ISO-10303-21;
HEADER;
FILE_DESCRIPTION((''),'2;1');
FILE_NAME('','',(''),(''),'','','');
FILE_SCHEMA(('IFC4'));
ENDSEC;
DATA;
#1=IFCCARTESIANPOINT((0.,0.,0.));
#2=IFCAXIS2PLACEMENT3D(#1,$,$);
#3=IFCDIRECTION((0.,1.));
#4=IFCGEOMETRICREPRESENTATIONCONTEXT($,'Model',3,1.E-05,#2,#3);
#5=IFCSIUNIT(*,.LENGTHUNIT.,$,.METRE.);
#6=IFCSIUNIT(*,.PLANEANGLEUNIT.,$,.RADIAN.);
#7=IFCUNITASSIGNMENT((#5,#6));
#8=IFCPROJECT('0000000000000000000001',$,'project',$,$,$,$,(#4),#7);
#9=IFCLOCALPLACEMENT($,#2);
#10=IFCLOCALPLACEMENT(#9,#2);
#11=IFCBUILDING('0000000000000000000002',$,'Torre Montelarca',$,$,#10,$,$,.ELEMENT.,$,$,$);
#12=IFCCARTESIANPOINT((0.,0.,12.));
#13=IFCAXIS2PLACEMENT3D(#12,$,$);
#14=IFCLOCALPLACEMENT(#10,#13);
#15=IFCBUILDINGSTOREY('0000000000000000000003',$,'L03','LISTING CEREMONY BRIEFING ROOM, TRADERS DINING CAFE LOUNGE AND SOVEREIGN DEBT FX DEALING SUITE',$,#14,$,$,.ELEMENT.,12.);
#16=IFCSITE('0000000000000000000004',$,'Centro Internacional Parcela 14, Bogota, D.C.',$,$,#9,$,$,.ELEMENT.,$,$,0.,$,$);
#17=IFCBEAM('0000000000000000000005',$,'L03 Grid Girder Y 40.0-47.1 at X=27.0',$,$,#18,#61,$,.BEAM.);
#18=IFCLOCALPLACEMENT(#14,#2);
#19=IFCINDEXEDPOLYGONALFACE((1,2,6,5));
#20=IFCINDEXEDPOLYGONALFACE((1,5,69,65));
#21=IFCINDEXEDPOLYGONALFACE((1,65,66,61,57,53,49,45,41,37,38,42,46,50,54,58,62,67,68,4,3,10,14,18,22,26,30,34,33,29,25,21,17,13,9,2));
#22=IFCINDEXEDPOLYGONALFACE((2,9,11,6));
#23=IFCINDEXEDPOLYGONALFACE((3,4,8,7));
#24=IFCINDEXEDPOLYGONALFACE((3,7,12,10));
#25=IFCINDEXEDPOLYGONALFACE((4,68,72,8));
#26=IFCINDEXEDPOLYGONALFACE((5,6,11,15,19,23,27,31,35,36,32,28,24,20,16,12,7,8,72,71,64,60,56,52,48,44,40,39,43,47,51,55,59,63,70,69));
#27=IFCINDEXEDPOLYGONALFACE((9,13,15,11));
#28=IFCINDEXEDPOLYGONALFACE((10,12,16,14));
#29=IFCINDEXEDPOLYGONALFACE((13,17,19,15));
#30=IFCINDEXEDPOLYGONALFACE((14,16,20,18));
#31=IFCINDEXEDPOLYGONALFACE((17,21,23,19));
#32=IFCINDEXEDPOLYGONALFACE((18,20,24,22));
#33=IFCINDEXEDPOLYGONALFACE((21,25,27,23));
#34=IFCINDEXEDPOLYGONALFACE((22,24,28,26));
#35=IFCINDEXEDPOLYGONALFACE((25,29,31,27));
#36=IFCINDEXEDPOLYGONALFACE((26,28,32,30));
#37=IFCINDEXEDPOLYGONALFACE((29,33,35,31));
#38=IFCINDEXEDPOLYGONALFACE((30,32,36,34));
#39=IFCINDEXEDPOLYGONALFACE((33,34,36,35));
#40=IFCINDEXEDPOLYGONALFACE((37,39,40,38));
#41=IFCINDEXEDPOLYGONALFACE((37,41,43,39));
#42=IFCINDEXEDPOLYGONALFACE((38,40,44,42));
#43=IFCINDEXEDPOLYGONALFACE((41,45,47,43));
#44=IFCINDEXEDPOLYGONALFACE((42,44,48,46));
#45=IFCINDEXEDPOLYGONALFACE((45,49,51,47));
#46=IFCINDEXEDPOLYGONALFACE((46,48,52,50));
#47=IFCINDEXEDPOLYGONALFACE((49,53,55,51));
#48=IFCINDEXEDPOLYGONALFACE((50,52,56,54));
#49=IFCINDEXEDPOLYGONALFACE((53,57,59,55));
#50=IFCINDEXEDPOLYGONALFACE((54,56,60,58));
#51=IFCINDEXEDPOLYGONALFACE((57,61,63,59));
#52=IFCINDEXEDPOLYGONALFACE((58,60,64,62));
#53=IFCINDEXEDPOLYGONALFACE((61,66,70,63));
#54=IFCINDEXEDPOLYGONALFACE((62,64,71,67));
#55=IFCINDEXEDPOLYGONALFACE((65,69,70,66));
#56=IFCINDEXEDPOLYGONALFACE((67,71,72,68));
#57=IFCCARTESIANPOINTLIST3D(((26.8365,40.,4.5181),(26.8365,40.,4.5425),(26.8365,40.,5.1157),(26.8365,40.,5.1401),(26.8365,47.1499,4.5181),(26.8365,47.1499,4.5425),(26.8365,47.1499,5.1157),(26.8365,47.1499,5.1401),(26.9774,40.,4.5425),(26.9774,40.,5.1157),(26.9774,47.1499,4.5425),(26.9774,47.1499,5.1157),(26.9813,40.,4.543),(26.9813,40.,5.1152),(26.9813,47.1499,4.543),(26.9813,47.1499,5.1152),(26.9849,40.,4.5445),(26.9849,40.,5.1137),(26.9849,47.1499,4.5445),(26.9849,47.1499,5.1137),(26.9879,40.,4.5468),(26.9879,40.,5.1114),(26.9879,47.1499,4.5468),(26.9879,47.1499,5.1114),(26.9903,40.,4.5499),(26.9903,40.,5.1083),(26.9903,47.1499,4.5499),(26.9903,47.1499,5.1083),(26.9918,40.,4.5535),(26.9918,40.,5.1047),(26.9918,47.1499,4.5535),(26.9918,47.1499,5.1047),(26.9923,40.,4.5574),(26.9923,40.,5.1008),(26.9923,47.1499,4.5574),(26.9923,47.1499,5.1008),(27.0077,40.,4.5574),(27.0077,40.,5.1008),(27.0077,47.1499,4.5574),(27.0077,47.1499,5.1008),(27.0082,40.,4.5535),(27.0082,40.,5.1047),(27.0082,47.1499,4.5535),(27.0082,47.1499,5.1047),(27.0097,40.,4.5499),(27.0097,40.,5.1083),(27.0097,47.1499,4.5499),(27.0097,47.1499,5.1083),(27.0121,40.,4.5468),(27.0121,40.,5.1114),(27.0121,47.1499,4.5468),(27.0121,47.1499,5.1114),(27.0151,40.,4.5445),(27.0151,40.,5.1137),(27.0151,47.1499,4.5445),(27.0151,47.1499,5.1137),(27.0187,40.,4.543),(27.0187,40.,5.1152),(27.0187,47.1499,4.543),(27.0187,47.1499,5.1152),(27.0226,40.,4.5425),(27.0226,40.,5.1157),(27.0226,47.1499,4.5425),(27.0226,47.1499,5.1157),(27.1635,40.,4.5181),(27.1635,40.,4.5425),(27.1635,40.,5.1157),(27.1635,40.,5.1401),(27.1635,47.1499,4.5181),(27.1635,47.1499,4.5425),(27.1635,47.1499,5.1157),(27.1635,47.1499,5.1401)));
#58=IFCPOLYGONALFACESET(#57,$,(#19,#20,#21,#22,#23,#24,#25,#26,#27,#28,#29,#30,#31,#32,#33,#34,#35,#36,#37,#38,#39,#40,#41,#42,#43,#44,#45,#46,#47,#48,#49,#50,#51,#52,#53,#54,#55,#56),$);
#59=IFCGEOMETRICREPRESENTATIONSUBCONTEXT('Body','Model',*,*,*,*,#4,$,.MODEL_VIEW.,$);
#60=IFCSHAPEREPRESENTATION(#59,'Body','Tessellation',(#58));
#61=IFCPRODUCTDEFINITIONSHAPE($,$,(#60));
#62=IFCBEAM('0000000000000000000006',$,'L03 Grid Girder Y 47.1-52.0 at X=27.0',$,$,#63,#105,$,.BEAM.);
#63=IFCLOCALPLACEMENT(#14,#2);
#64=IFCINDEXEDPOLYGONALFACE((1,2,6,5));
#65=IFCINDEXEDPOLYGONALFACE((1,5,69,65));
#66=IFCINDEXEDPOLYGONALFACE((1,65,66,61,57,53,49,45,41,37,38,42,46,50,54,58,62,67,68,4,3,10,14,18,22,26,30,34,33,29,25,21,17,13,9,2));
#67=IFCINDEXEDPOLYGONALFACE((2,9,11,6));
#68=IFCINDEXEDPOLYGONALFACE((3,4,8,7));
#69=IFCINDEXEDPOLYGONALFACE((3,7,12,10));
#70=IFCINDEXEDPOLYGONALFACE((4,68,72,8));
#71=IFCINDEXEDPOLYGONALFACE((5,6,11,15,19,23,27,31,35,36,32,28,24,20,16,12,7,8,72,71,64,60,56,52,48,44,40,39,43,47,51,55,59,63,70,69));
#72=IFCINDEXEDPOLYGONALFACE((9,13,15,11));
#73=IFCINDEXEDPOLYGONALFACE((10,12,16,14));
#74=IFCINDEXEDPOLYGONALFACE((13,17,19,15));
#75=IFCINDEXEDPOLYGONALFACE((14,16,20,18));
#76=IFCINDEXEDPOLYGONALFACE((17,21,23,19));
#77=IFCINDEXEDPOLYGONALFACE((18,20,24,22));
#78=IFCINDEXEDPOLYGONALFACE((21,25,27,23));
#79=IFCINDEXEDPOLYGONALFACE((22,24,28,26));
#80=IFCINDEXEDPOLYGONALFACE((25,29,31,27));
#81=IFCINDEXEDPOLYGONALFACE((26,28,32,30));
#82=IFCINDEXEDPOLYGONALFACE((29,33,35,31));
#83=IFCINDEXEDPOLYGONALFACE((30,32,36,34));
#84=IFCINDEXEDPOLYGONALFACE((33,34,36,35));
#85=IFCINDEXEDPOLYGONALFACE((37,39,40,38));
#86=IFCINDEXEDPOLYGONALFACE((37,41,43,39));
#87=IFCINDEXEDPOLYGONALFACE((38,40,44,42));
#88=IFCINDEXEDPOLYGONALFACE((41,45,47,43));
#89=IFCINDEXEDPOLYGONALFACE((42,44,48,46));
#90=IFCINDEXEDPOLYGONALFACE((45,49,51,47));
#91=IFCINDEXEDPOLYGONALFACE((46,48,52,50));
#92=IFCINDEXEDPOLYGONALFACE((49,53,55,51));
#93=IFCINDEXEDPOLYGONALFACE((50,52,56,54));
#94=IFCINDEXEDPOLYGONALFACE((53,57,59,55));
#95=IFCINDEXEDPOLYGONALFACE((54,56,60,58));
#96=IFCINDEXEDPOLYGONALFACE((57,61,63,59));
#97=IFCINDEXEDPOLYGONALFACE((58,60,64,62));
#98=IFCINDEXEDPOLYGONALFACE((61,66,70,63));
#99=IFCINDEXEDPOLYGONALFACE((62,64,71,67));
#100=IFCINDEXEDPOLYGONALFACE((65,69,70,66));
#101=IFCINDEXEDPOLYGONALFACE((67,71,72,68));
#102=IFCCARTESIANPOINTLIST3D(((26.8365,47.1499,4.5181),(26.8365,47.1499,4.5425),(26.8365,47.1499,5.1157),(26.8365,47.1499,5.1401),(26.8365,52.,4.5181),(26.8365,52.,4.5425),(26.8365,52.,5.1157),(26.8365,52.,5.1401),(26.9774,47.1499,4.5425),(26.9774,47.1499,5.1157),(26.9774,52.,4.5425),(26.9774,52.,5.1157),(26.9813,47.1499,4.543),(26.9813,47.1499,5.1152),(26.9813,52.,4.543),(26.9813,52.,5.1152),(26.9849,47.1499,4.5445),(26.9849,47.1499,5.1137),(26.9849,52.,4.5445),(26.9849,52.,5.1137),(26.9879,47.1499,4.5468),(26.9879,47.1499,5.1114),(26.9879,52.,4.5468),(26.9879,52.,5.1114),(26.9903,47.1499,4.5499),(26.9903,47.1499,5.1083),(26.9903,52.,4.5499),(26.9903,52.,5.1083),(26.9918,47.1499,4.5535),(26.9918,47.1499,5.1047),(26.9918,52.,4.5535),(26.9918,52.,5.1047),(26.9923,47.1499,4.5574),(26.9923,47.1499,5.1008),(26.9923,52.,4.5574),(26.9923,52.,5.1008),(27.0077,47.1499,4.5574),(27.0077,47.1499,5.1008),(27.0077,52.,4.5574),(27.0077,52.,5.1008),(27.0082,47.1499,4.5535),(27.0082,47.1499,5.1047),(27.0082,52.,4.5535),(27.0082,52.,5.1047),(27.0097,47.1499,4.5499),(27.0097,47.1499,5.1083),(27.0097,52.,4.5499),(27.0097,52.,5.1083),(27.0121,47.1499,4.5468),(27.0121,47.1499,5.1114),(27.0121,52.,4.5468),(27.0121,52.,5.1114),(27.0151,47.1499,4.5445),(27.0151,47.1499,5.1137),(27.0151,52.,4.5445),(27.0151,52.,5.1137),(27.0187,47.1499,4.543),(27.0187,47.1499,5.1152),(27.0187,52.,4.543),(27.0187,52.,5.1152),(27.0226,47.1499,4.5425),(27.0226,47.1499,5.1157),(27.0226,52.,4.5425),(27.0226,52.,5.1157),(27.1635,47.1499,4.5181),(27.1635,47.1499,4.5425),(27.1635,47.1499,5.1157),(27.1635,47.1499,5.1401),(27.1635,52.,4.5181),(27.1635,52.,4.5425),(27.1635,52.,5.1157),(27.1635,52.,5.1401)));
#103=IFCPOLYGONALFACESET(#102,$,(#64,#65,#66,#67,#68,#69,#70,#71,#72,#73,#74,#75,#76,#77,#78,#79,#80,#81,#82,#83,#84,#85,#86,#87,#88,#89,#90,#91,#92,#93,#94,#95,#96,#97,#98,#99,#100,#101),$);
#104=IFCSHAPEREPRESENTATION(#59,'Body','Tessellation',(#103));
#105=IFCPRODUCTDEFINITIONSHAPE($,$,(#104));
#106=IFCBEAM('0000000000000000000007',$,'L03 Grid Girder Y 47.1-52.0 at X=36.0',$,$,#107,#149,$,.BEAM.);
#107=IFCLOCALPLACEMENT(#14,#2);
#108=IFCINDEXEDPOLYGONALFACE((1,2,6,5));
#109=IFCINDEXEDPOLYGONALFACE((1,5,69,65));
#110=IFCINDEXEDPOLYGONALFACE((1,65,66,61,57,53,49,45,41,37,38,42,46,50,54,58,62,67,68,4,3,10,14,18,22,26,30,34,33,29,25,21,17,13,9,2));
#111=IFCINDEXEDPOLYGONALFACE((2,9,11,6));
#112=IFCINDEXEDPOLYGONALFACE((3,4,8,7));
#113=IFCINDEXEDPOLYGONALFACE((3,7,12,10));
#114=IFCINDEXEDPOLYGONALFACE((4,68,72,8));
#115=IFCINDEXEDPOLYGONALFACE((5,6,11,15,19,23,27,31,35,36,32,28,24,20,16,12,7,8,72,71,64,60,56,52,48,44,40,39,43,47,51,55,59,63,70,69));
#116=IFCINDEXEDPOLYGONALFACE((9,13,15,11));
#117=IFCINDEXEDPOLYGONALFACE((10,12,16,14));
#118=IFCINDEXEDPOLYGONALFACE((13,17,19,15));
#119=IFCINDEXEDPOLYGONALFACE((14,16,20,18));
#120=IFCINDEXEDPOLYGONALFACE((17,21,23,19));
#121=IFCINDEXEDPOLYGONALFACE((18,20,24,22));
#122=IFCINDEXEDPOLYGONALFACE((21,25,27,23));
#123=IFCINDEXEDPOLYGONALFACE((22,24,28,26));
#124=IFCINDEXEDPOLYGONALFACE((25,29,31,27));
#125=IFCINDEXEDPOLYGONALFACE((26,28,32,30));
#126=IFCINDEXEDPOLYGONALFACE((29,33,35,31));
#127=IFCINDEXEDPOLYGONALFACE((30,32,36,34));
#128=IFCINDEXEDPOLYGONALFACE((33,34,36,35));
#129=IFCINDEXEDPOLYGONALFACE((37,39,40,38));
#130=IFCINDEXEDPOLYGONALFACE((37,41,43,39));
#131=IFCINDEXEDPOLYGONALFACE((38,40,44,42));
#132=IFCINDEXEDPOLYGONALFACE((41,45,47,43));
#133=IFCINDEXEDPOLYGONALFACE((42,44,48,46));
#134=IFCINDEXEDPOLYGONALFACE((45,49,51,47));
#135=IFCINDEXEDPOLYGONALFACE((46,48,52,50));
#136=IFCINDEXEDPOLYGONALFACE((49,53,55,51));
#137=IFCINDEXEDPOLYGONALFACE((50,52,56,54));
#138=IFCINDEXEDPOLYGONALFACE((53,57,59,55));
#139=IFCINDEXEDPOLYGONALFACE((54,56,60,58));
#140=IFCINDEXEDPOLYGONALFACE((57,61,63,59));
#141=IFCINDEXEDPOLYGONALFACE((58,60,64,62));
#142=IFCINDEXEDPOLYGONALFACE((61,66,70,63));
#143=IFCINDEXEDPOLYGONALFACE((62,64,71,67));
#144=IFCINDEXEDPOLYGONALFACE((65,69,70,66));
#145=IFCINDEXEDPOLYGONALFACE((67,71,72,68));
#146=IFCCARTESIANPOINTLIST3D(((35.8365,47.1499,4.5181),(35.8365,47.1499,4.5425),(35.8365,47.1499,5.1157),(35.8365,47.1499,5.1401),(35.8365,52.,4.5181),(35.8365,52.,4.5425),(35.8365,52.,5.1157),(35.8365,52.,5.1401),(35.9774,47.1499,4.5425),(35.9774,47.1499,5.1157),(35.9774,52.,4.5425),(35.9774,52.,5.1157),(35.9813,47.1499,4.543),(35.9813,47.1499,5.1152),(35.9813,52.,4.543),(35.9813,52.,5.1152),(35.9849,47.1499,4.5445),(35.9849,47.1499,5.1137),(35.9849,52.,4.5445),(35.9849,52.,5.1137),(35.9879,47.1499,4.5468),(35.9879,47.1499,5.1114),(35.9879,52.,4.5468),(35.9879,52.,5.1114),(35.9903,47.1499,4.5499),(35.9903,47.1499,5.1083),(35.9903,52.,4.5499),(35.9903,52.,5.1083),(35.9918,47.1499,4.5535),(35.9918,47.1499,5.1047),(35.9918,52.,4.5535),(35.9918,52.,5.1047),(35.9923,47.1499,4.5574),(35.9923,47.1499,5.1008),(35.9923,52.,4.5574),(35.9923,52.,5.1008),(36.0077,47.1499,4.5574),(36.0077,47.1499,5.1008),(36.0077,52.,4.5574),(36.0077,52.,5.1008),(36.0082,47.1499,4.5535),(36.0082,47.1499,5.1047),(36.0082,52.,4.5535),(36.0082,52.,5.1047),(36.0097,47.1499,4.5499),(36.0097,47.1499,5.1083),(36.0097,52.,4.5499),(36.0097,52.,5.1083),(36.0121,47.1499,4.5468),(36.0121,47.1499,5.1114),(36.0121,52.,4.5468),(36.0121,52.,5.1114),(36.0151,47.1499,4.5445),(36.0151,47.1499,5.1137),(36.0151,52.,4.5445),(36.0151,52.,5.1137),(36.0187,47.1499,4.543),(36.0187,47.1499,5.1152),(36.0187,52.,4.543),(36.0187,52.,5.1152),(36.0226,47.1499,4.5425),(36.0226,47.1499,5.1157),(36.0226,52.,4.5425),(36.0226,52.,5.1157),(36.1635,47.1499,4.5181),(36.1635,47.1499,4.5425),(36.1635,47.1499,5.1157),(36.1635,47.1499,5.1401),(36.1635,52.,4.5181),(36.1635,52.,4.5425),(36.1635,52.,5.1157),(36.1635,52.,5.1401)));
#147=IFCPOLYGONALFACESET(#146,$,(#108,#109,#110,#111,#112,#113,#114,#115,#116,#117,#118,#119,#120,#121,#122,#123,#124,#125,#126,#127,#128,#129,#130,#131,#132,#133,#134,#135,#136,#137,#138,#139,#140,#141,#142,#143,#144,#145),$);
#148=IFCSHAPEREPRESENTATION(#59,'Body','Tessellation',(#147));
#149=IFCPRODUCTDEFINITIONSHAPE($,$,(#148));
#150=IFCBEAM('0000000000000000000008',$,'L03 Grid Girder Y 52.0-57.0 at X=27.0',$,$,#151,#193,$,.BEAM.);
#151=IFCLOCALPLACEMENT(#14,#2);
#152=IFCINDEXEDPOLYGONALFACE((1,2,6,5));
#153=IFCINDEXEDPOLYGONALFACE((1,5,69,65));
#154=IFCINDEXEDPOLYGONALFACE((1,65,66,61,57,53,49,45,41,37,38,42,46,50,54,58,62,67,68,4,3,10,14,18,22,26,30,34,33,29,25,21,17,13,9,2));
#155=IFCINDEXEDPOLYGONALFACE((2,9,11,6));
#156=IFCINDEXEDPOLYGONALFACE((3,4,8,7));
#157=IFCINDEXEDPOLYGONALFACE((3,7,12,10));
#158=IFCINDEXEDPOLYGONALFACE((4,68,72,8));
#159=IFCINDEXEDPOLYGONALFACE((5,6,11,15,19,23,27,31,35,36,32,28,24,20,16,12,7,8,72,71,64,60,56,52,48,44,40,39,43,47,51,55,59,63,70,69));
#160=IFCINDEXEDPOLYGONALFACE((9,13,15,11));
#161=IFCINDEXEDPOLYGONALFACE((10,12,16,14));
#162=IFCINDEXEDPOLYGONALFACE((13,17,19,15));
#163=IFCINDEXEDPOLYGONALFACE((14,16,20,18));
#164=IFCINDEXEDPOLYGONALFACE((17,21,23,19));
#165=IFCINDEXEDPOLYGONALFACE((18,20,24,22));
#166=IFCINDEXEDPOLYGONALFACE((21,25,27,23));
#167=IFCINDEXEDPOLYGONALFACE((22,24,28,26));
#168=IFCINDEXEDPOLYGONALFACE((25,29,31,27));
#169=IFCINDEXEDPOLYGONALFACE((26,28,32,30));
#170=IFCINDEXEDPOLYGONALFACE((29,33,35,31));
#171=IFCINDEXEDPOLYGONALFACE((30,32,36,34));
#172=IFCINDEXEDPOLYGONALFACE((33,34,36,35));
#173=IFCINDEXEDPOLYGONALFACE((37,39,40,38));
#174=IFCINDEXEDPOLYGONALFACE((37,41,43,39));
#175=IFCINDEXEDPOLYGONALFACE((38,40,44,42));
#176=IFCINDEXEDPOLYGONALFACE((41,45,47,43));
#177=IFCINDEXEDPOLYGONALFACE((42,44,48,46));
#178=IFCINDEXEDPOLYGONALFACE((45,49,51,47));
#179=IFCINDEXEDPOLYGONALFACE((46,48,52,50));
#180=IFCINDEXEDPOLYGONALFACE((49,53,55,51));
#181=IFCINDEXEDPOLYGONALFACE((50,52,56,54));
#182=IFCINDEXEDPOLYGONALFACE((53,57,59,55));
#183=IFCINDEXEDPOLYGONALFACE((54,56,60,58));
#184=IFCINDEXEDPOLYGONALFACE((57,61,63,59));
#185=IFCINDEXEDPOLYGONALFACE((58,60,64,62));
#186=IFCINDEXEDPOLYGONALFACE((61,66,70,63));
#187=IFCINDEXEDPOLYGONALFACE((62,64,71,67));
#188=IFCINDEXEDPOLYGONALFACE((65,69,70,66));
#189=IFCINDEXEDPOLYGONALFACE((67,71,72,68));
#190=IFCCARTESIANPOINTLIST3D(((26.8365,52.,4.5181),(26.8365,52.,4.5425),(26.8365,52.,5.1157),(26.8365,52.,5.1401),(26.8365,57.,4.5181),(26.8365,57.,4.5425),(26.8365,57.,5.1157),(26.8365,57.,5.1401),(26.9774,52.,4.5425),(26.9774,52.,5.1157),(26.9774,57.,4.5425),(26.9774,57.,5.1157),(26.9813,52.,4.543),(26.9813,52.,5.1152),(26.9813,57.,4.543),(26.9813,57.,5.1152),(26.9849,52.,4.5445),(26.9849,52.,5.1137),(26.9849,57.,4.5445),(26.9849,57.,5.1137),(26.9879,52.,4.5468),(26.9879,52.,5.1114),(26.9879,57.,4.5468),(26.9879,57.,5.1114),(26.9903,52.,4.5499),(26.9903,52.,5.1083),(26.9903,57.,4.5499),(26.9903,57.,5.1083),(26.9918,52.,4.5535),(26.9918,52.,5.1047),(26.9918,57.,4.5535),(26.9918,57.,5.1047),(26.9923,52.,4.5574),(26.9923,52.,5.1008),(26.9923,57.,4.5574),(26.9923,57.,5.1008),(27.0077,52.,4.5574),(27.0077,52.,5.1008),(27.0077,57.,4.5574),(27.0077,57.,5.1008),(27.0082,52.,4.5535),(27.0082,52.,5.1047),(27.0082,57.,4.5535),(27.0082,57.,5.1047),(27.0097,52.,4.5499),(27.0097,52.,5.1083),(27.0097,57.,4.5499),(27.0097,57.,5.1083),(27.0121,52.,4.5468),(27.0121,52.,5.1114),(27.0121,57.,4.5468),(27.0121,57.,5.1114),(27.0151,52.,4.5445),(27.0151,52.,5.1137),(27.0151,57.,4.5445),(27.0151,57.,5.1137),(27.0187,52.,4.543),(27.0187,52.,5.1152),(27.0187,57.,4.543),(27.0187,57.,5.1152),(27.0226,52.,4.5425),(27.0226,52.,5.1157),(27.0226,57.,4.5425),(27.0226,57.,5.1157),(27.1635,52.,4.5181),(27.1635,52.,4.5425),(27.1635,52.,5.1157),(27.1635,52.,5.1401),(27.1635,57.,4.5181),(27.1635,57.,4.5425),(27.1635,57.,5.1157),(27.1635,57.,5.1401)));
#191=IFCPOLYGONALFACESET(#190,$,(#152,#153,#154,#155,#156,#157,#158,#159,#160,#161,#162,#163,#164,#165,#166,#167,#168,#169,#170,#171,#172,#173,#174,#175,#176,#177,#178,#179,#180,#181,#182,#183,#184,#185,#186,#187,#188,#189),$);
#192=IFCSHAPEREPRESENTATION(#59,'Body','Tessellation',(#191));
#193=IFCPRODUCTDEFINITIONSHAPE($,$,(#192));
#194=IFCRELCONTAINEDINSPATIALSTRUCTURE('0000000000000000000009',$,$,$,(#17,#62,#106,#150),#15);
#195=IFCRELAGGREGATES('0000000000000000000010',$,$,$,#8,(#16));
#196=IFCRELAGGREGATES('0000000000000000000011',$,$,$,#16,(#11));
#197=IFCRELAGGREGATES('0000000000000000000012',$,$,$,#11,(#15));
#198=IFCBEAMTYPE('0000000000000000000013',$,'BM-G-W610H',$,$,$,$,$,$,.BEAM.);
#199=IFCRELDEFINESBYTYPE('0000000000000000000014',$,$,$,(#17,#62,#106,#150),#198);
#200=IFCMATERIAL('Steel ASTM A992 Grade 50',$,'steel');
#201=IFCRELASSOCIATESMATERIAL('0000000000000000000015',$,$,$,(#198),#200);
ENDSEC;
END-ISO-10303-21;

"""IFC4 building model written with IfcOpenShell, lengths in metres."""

from ifc_helpers import new_model, si_unit, direction, frame, origin, origin_2d, place, context, subcontext, project, spatial, i_section, extrude, source, transform, mapped, material, material_profile, profile_set, type_object, element, save


model = new_model("IFC4")

# Units and contexts
model_context = context("Model", 3, precision=1e-05, world=origin(), true_north=direction((0.0, 1.0)))
body_context = subcontext(model_context, "Body", "Model", "MODEL_VIEW")
ifc_project = project(units=[si_unit("LENGTHUNIT", "METRE"), si_unit("PLANEANGLEUNIT", "RADIAN")], contexts=[model_context])

# Site, building, storey
site_placement = place(None, origin())
site = spatial("IfcSite", under=ifc_project, at=site_placement, Name="Centro Internacional Parcela 14, Bogota, D.C.", CompositionType="ELEMENT", RefElevation=0.0)
building_placement = place(site_placement, origin())
building = spatial("IfcBuilding", under=site, at=building_placement, Name="Torre Montelarca", CompositionType="ELEMENT")
storey_placement = place(building_placement, frame((0.0, 0.0, 12.0)))
storey = spatial("IfcBuildingStorey", under=building, at=storey_placement, Name="L03", Description="LISTING CEREMONY BRIEFING ROOM, TRADERS DINING CAFE LOUNGE AND SOVEREIGN DEBT FX DEALING SUITE", CompositionType="ELEMENT", Elevation=12.0)

# Beams
ifc_material_1 = material(Name="Steel ASTM A992 Grade 50", Category="steel")
ifc_material_profile_1 = material_profile(ifc_material_1, i_section(OverallWidth=0.3269, OverallDepth=0.6221, WebThickness=0.0154, FlangeThickness=0.0244, FilletRadius=0.0149, at=origin_2d()), Name="W610X195", Category="steel")
ifc_profile_set_1 = profile_set([ifc_material_profile_1], Name="Steel ASTM A992 Grade 50")
beam_type_1 = type_object("IfcBeamType", Name="BM-G-W610H", PredefinedType="BEAM", material=ifc_profile_set_1)
shared_shape_1 = source(origin(), body_context, "Body", "SweptSolid", [
    extrude(i_section(OverallWidth=0.3269, OverallDepth=0.6221, WebThickness=0.0154, FlangeThickness=0.0244, FilletRadius=0.0149, at=origin_2d()), origin(), (0.0, 0.0, 1.0), 7.1499),
])
beam_1_placement = place(storey_placement, frame((27.0, 40.0, 4.8291), z_axis=(0.0, 1.0, 0.0), x_axis=(-1.0, 0.0, 0.0)))
element("IfcBeam", 1, at=beam_1_placement, inside=storey, type_object=beam_type_1, Name="L03 Grid Girder Y 40.0-47.1 at X=27.0", PredefinedType="BEAM", context=body_context, shape_type="MappedRepresentation", body=[
    mapped(shared_shape_1, transform((0.0, 0.0, 0.0), scale=1.0)),
])
shared_shape_2 = source(origin(), body_context, "Body", "SweptSolid", [
    extrude(i_section(OverallWidth=0.3269, OverallDepth=0.6221, WebThickness=0.0154, FlangeThickness=0.0244, FilletRadius=0.0149, at=origin_2d()), origin(), (0.0, 0.0, 1.0), 4.8501),
])
for number, where, z_axis, x_axis, name in (
    (2, (27.0, 47.1499, 4.8291), (0.0, 1.0, 0.0), (-1.0, 0.0, 0.0), "L03 Grid Girder Y 47.1-52.0 at X=27.0"),
    (3, (36.0, 47.1499, 4.8291), (0.0, 1.0, 0.0), (-1.0, 0.0, 0.0), "L03 Grid Girder Y 47.1-52.0 at X=36.0"),
):
    element("IfcBeam", number, at=place(storey_placement, frame(where, z_axis=z_axis, x_axis=x_axis)), inside=storey, type_object=beam_type_1, Name=name, PredefinedType="BEAM", context=body_context, shape_type="MappedRepresentation", body=[
        mapped(shared_shape_2, transform((0.0, 0.0, 0.0), scale=1.0)),
    ])
shared_shape_3 = source(origin(), body_context, "Body", "SweptSolid", [
    extrude(i_section(OverallWidth=0.3269, OverallDepth=0.6221, WebThickness=0.0154, FlangeThickness=0.0244, FilletRadius=0.0149, at=origin_2d()), origin(), (0.0, 0.0, 1.0), 5.0),
])
for number, where, z_axis, x_axis, name in (
    (4, (27.0, 52.0, 4.8291), (0.0, 1.0, 0.0), (-1.0, 0.0, 0.0), "L03 Grid Girder Y 52.0-57.0 at X=27.0"),
):
    element("IfcBeam", number, at=place(storey_placement, frame(where, z_axis=z_axis, x_axis=x_axis)), inside=storey, type_object=beam_type_1, Name=name, PredefinedType="BEAM", context=body_context, shape_type="MappedRepresentation", body=[
        mapped(shared_shape_3, transform((0.0, 0.0, 0.0), scale=1.0)),
    ])

save(model, "model.ifc")
